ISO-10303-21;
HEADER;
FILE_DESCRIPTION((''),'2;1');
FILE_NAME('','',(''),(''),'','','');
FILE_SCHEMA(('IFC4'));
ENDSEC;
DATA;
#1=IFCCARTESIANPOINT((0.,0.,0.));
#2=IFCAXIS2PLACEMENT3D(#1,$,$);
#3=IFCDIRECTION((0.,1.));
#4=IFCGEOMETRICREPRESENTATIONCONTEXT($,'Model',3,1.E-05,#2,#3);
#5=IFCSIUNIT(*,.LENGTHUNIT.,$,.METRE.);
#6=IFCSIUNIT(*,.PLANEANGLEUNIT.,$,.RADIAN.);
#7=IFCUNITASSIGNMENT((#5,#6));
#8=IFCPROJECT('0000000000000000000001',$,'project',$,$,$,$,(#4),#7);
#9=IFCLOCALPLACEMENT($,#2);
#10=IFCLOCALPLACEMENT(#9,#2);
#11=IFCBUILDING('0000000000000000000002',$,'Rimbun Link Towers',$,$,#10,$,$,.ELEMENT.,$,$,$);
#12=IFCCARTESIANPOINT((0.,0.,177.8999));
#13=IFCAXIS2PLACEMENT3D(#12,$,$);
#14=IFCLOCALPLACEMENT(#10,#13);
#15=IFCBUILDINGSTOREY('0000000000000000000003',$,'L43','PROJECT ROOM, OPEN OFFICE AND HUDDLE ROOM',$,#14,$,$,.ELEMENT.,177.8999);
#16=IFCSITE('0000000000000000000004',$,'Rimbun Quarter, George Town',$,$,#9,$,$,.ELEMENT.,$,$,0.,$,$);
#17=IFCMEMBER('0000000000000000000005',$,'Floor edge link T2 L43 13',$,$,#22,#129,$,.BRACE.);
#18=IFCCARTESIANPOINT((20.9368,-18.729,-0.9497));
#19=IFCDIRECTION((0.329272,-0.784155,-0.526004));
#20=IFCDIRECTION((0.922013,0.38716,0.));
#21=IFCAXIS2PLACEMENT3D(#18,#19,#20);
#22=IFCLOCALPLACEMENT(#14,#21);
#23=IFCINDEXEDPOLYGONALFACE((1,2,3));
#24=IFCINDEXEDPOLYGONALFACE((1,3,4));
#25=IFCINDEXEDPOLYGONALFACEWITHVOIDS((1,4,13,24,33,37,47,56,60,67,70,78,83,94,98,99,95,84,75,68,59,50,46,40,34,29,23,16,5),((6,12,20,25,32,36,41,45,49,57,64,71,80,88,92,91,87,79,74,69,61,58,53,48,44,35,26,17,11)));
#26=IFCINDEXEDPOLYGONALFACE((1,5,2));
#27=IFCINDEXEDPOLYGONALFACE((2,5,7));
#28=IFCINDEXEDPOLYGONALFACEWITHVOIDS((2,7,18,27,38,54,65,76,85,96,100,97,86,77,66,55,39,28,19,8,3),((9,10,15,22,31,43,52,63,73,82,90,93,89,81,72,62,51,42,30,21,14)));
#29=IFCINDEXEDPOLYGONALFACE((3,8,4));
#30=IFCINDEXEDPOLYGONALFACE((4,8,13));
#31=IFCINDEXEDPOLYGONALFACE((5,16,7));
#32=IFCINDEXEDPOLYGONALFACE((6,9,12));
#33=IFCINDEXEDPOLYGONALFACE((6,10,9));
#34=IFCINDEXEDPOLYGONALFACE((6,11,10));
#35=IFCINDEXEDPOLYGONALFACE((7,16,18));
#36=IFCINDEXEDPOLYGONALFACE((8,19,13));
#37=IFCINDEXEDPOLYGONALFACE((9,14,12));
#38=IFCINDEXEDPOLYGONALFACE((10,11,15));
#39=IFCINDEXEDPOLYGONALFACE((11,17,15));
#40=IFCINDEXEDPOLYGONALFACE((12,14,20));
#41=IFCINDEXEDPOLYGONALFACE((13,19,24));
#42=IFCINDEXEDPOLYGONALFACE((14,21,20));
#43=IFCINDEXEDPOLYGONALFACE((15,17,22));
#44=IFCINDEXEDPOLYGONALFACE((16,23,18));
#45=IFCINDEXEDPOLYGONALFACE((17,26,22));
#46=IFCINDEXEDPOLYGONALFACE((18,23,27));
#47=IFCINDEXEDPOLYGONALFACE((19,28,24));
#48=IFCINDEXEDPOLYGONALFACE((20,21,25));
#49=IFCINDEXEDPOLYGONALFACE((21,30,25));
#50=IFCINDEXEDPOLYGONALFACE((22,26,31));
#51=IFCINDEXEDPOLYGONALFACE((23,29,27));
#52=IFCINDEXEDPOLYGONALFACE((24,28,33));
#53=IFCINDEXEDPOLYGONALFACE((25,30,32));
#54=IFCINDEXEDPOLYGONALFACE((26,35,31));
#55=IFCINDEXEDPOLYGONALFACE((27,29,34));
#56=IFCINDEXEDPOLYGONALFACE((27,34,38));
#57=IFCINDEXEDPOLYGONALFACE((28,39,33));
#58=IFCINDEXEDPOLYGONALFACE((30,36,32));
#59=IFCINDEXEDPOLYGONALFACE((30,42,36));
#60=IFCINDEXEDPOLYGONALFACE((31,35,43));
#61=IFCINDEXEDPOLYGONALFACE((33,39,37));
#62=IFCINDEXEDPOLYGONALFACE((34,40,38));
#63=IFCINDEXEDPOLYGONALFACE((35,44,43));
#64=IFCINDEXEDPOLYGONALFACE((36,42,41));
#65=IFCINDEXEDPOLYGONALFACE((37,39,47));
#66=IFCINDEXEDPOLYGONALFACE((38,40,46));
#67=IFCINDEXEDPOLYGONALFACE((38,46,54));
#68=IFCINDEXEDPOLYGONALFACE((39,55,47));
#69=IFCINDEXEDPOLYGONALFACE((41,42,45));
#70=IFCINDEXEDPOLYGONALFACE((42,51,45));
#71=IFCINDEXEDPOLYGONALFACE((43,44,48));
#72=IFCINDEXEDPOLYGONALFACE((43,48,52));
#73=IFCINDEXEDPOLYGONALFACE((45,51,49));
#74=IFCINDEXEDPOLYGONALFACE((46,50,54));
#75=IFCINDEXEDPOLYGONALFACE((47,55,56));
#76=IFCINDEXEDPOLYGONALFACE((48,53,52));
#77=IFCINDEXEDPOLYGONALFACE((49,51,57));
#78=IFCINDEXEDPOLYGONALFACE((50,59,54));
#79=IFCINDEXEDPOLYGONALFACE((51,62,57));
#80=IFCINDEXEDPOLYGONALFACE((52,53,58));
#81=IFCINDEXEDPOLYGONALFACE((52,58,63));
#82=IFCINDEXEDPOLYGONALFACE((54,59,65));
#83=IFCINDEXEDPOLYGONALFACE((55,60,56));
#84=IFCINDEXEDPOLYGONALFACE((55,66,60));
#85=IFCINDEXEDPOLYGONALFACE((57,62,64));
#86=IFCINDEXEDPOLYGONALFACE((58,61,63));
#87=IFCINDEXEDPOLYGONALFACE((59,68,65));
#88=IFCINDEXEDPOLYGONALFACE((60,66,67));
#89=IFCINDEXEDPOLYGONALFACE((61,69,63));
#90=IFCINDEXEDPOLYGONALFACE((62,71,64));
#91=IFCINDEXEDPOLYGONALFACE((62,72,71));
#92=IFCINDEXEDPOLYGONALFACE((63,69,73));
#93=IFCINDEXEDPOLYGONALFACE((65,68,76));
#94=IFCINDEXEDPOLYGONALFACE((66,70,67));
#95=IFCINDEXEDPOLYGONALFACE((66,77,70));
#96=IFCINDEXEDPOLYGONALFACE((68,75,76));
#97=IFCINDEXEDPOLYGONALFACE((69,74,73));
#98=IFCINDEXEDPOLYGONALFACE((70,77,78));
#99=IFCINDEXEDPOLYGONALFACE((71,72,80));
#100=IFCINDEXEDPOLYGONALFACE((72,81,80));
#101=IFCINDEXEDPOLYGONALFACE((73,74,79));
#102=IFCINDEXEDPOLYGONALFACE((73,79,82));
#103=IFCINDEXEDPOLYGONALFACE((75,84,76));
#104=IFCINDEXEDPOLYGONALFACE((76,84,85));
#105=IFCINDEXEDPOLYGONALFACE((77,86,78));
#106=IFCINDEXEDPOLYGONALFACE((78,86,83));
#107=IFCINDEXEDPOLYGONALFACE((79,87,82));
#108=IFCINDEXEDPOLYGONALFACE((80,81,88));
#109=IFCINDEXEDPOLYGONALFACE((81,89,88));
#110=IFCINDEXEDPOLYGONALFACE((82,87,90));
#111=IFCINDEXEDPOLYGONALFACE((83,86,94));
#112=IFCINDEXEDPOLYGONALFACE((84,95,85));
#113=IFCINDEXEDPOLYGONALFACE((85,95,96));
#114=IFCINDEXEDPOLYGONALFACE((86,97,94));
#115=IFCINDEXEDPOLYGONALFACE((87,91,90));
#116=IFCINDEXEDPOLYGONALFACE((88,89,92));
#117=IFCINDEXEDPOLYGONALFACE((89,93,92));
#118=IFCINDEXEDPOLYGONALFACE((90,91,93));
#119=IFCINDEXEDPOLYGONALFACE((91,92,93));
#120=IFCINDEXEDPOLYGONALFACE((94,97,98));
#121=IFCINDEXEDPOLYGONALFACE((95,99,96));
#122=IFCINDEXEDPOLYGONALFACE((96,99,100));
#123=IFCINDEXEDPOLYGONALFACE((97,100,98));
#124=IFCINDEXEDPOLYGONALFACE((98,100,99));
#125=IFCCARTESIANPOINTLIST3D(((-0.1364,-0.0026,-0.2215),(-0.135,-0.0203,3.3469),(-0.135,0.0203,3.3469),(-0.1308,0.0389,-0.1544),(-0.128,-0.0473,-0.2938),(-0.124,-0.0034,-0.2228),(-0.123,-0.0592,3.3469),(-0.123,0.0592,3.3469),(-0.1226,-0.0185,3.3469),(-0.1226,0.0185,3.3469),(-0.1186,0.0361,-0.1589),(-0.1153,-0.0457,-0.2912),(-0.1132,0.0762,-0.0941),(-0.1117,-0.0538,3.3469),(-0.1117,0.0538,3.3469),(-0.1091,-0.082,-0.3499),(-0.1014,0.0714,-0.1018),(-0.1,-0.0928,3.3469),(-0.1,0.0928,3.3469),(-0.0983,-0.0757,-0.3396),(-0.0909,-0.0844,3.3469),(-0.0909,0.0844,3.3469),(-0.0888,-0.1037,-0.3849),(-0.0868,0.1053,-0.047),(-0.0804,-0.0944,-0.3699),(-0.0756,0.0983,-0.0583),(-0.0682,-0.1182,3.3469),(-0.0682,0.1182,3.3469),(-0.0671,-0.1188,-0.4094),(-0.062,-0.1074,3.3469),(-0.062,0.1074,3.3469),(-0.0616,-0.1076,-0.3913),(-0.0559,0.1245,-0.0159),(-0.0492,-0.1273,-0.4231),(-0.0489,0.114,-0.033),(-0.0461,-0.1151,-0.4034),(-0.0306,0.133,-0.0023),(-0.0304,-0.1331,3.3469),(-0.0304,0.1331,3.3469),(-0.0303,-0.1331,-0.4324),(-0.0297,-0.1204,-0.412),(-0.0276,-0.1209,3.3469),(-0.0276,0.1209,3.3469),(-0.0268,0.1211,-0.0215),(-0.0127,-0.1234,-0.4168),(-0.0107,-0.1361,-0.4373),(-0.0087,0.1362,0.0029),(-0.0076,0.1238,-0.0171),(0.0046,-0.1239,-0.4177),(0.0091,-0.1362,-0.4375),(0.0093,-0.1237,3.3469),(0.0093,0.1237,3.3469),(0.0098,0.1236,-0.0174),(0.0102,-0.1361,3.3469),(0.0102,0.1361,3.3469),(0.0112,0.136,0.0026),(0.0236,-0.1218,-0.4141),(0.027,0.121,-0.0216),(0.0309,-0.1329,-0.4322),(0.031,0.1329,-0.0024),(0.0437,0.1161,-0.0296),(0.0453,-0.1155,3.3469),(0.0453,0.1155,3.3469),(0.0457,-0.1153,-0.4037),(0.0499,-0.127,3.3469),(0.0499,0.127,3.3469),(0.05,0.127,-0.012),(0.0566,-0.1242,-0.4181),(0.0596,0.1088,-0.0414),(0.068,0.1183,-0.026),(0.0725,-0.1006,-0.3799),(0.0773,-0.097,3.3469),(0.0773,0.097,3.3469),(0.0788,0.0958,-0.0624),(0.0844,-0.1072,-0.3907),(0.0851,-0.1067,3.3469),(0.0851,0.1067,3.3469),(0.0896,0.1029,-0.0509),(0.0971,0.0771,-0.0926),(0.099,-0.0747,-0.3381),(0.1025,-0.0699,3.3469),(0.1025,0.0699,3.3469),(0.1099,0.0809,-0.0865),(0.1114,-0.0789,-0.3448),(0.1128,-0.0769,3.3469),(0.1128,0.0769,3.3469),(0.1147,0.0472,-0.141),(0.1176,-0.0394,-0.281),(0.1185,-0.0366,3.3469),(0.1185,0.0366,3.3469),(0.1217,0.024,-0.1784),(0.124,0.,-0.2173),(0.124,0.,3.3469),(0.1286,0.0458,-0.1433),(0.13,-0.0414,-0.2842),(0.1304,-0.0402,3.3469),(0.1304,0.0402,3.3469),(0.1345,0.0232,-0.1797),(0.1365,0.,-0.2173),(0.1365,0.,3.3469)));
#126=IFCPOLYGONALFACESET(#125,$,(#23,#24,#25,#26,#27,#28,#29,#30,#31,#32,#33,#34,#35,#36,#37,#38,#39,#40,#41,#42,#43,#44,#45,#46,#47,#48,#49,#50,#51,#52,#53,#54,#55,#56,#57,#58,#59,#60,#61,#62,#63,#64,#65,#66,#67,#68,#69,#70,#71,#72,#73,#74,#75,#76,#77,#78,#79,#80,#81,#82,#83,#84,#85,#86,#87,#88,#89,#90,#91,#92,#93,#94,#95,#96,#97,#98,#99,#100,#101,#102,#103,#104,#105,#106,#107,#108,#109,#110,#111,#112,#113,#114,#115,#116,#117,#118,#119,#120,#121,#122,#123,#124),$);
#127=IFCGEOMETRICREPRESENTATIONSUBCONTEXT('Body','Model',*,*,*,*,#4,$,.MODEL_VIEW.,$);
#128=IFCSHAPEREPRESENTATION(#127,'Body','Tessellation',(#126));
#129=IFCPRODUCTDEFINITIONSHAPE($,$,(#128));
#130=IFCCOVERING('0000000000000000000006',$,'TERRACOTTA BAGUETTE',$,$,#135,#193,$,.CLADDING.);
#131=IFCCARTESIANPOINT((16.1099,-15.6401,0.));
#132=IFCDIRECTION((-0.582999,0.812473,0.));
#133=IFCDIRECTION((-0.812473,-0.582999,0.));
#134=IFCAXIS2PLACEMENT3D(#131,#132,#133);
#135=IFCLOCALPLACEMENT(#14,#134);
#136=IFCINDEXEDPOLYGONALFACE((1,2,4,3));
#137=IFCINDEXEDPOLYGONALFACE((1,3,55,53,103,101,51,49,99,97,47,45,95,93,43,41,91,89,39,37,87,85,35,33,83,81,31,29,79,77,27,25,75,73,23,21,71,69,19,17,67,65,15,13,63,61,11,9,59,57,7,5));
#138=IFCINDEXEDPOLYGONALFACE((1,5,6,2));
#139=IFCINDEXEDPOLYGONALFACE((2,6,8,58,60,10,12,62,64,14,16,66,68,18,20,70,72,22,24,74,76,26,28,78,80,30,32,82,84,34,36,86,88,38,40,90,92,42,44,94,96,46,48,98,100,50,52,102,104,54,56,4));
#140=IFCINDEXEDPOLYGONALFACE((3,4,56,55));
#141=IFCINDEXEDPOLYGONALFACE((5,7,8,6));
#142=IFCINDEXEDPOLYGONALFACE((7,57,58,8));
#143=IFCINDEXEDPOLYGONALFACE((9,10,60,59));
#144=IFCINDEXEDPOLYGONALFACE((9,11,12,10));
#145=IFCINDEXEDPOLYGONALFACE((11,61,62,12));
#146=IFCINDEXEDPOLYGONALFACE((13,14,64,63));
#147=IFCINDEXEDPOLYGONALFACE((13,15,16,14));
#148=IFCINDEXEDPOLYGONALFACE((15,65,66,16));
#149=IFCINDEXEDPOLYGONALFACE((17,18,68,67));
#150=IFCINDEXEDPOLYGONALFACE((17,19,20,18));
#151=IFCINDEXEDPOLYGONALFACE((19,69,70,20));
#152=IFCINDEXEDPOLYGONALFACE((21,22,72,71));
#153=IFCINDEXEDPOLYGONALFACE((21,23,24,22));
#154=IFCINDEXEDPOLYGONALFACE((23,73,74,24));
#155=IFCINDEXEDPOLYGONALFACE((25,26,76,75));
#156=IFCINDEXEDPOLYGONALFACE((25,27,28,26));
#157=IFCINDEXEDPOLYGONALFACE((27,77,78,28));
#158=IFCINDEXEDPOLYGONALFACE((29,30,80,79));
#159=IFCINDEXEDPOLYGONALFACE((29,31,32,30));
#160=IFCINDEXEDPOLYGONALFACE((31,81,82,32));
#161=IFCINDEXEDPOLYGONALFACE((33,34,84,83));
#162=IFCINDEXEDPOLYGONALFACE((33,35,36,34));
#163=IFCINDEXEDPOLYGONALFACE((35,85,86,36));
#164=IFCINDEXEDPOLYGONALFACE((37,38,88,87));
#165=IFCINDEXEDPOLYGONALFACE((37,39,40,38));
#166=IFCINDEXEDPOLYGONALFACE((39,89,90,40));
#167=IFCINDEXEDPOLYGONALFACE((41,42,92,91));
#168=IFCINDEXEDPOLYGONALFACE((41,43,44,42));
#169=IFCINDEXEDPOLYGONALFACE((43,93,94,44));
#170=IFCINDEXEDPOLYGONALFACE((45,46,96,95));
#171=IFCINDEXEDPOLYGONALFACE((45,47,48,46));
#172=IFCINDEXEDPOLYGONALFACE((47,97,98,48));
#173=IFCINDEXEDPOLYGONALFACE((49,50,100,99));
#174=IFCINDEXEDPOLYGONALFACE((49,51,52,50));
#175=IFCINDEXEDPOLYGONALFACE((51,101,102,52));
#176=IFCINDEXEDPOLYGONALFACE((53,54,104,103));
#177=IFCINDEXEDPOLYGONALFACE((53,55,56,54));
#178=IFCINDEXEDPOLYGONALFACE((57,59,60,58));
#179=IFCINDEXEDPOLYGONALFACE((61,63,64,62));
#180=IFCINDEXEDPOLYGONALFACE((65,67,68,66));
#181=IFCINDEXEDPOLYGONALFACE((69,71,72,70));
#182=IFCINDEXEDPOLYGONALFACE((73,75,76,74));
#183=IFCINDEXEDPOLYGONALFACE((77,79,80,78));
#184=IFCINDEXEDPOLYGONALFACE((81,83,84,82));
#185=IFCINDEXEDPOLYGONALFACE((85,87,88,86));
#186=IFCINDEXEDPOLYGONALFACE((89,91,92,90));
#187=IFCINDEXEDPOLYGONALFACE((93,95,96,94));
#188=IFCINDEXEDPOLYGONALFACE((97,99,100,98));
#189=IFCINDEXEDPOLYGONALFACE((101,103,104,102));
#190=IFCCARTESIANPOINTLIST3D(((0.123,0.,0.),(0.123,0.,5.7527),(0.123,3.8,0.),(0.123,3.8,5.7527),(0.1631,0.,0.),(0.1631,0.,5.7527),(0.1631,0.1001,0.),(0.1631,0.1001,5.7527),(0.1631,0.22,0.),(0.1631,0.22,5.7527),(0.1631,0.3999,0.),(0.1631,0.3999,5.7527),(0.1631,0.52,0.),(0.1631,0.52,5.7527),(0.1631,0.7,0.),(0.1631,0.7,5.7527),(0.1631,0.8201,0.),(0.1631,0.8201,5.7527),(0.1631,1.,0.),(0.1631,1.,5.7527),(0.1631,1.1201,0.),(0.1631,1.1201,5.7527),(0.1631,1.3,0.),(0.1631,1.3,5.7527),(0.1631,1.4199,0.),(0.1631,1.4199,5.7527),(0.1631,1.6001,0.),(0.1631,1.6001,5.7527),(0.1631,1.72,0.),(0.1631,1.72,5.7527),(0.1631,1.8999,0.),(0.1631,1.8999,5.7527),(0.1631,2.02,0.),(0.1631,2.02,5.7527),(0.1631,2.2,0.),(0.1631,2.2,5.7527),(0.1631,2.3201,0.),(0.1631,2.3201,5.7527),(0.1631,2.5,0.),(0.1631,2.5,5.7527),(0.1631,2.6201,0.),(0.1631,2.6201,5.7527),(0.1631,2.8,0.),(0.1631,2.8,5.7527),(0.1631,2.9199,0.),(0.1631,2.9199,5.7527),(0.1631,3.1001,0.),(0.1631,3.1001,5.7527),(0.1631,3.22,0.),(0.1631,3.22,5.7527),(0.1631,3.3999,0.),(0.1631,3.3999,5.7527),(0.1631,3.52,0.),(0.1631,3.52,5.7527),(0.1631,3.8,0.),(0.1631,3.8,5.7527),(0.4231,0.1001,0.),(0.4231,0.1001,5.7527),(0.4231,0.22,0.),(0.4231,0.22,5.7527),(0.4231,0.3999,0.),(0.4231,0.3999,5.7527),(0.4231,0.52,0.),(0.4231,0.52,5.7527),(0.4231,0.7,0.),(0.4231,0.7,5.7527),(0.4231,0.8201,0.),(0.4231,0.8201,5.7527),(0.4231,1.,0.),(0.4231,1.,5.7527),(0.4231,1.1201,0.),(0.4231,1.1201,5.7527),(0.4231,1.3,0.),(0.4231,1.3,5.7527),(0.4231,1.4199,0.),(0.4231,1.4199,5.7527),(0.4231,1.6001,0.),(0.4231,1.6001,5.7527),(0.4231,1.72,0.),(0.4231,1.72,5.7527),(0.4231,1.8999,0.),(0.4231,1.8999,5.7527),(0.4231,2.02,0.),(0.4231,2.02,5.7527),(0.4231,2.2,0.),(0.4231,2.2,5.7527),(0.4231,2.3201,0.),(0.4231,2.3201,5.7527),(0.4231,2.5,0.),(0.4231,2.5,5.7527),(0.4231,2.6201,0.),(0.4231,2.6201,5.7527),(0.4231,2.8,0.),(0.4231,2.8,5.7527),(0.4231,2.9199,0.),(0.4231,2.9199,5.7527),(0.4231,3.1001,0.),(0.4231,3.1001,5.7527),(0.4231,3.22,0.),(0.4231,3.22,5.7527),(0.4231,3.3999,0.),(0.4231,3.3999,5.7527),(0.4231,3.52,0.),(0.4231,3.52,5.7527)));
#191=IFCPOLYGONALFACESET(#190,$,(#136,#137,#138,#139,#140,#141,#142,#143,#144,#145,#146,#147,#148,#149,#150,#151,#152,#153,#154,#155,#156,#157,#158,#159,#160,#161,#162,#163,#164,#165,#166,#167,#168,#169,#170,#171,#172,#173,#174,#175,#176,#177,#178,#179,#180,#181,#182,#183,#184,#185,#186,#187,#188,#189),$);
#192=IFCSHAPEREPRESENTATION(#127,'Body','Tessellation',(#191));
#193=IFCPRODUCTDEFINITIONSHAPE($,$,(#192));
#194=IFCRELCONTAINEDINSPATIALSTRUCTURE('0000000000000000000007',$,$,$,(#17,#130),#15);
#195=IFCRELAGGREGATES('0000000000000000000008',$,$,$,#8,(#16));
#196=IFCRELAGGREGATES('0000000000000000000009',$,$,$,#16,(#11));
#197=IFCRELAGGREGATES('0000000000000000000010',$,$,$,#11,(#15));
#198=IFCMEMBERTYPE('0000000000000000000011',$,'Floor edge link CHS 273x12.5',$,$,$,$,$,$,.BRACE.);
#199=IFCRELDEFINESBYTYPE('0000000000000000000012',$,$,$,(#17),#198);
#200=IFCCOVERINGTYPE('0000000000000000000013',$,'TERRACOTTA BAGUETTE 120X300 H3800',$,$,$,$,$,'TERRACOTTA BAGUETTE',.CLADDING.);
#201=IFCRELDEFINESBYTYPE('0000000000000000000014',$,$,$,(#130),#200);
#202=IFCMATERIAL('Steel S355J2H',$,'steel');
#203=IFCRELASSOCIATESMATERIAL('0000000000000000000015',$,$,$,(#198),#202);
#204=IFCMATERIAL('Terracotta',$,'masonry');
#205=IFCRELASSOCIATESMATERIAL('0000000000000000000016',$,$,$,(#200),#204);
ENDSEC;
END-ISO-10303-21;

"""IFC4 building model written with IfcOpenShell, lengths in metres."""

from ifc_helpers import new_model, si_unit, direction, frame, origin, origin_2d, place, context, subcontext, project, spatial, polyline, hollow_circle, outline, extrude, clip, halfspace, material, material_profile, profile_set, type_object, element, save


model = new_model("IFC4")

# Units and contexts
model_context = context("Model", 3, precision=1e-05, world=origin(), true_north=direction((0.0, 1.0)))
body_context = subcontext(model_context, "Body", "Model", "MODEL_VIEW")
ifc_project = project(units=[si_unit("LENGTHUNIT", "METRE"), si_unit("PLANEANGLEUNIT", "RADIAN")], contexts=[model_context])

# Site, building, storey
site_placement = place(None, origin())
site = spatial("IfcSite", under=ifc_project, at=site_placement, Name="Rimbun Quarter, George Town", CompositionType="ELEMENT", RefElevation=0.0)
building_placement = place(site_placement, origin())
building = spatial("IfcBuilding", under=site, at=building_placement, Name="Rimbun Link Towers", CompositionType="ELEMENT")
storey_placement = place(building_placement, frame((0.0, 0.0, 177.8999)))
storey = spatial("IfcBuildingStorey", under=building, at=storey_placement, Name="L43", Description="PROJECT ROOM, OPEN OFFICE AND HUDDLE ROOM", CompositionType="ELEMENT", Elevation=177.8999)

# Member
ifc_material_1 = material(Name="Steel S355J2H", Category="steel")
ifc_material_profile_1 = material_profile(ifc_material_1, hollow_circle(Radius=0.1365, WallThickness=0.0125, at=origin_2d()), Name="CHS 273x12.5")
ifc_profile_set_1 = profile_set([ifc_material_profile_1], Name="Steel S355J2H")
member_type_1 = type_object("IfcMemberType", Name="Floor edge link CHS 273x12.5", PredefinedType="BRACE", material=ifc_profile_set_1)
member_1_placement = place(storey_placement, frame((20.9368, -18.729, -0.9497), z_axis=(0.329272, -0.784155, -0.526004), x_axis=(0.922013, 0.38716, 0.0)))
element("IfcMember", 1, at=member_1_placement, inside=storey, type_object=member_type_1, Name="Floor edge link T2 L43 13", PredefinedType="BRACE", context=body_context, shape_type="Clipping", body=[
    clip(extrude(hollow_circle(Radius=0.1365, WallThickness=0.0125, at=origin_2d()), frame((0.0, 0.0, -0.4604)), (0.0, 0.0, 1.0), 3.8074), halfspace(frame((0.0, 0.0, -0.2173), z_axis=(0.0, 0.850482, -0.526004)), False)),
])

# Covering
ifc_material_2 = material(Name="Terracotta", Category="masonry")
ifc_material_profile_2 = material_profile(ifc_material_2, outline(polyline([(0.123, 0.0), (0.1631, 0.0), (0.1631, 0.1001), (0.4231, 0.1001), (0.4231, 0.22), (0.1631, 0.22), (0.1631, 0.3999), (0.4231, 0.3999), (0.4231, 0.52), (0.1631, 0.52), (0.1631, 0.7), (0.4231, 0.7), (0.4231, 0.8201), (0.1631, 0.8201), (0.1631, 1.0), (0.4231, 1.0), (0.4231, 1.1201), (0.1631, 1.1201), (0.1631, 1.3), (0.4231, 1.3), (0.4231, 1.4199), (0.1631, 1.4199), (0.1631, 1.6001), (0.4231, 1.6001), (0.4231, 1.72), (0.1631, 1.72), (0.1631, 1.8999), (0.4231, 1.8999), (0.4231, 2.02), (0.1631, 2.02), (0.1631, 2.2), (0.4231, 2.2), (0.4231, 2.3201), (0.1631, 2.3201), (0.1631, 2.5), (0.4231, 2.5), (0.4231, 2.6201), (0.1631, 2.6201), (0.1631, 2.8), (0.4231, 2.8), (0.4231, 2.9199), (0.1631, 2.9199), (0.1631, 3.1001), (0.4231, 3.1001), (0.4231, 3.22), (0.1631, 3.22), (0.1631, 3.3999), (0.4231, 3.3999), (0.4231, 3.52), (0.1631, 3.52), (0.1631, 3.8), (0.123, 3.8), (0.123, 0.0)])), Name="BAGUETTE 120X300")
ifc_profile_set_2 = profile_set([ifc_material_profile_2], Name="Terracotta")
covering_type = type_object("IfcCoveringType", Name="TERRACOTTA BAGUETTE 120X300 H3800", ElementType="TERRACOTTA BAGUETTE", PredefinedType="CLADDING", material=ifc_profile_set_2)
for number, where, z_axis, x_axis, name in (
    (2, (16.1099, -15.6401, 0.0), (-0.582999, 0.812473, 0.0), (-0.812473, -0.582999, 0.0), "TERRACOTTA BAGUETTE"),
):
    element("IfcCovering", number, at=place(storey_placement, frame(where, z_axis=z_axis, x_axis=x_axis)), inside=storey, type_object=covering_type, Name=name, PredefinedType="CLADDING", context=body_context, shape_type="SweptSolid", body=[
        extrude(outline(polyline([(0.123, 0.0), (0.1631, 0.0), (0.1631, 0.1001), (0.4231, 0.1001), (0.4231, 0.22), (0.1631, 0.22), (0.1631, 0.3999), (0.4231, 0.3999), (0.4231, 0.52), (0.1631, 0.52), (0.1631, 0.7), (0.4231, 0.7), (0.4231, 0.8201), (0.1631, 0.8201), (0.1631, 1.0), (0.4231, 1.0), (0.4231, 1.1201), (0.1631, 1.1201), (0.1631, 1.3), (0.4231, 1.3), (0.4231, 1.4199), (0.1631, 1.4199), (0.1631, 1.6001), (0.4231, 1.6001), (0.4231, 1.72), (0.1631, 1.72), (0.1631, 1.8999), (0.4231, 1.8999), (0.4231, 2.02), (0.1631, 2.02), (0.1631, 2.2), (0.4231, 2.2), (0.4231, 2.3201), (0.1631, 2.3201), (0.1631, 2.5), (0.4231, 2.5), (0.4231, 2.6201), (0.1631, 2.6201), (0.1631, 2.8), (0.4231, 2.8), (0.4231, 2.9199), (0.1631, 2.9199), (0.1631, 3.1001), (0.4231, 3.1001), (0.4231, 3.22), (0.1631, 3.22), (0.1631, 3.3999), (0.4231, 3.3999), (0.4231, 3.52), (0.1631, 3.52), (0.1631, 3.8), (0.123, 3.8), (0.123, 0.0)])), origin(), (0.0, 0.0, 1.0), 5.7527),
    ])

save(model, "model.ifc")
